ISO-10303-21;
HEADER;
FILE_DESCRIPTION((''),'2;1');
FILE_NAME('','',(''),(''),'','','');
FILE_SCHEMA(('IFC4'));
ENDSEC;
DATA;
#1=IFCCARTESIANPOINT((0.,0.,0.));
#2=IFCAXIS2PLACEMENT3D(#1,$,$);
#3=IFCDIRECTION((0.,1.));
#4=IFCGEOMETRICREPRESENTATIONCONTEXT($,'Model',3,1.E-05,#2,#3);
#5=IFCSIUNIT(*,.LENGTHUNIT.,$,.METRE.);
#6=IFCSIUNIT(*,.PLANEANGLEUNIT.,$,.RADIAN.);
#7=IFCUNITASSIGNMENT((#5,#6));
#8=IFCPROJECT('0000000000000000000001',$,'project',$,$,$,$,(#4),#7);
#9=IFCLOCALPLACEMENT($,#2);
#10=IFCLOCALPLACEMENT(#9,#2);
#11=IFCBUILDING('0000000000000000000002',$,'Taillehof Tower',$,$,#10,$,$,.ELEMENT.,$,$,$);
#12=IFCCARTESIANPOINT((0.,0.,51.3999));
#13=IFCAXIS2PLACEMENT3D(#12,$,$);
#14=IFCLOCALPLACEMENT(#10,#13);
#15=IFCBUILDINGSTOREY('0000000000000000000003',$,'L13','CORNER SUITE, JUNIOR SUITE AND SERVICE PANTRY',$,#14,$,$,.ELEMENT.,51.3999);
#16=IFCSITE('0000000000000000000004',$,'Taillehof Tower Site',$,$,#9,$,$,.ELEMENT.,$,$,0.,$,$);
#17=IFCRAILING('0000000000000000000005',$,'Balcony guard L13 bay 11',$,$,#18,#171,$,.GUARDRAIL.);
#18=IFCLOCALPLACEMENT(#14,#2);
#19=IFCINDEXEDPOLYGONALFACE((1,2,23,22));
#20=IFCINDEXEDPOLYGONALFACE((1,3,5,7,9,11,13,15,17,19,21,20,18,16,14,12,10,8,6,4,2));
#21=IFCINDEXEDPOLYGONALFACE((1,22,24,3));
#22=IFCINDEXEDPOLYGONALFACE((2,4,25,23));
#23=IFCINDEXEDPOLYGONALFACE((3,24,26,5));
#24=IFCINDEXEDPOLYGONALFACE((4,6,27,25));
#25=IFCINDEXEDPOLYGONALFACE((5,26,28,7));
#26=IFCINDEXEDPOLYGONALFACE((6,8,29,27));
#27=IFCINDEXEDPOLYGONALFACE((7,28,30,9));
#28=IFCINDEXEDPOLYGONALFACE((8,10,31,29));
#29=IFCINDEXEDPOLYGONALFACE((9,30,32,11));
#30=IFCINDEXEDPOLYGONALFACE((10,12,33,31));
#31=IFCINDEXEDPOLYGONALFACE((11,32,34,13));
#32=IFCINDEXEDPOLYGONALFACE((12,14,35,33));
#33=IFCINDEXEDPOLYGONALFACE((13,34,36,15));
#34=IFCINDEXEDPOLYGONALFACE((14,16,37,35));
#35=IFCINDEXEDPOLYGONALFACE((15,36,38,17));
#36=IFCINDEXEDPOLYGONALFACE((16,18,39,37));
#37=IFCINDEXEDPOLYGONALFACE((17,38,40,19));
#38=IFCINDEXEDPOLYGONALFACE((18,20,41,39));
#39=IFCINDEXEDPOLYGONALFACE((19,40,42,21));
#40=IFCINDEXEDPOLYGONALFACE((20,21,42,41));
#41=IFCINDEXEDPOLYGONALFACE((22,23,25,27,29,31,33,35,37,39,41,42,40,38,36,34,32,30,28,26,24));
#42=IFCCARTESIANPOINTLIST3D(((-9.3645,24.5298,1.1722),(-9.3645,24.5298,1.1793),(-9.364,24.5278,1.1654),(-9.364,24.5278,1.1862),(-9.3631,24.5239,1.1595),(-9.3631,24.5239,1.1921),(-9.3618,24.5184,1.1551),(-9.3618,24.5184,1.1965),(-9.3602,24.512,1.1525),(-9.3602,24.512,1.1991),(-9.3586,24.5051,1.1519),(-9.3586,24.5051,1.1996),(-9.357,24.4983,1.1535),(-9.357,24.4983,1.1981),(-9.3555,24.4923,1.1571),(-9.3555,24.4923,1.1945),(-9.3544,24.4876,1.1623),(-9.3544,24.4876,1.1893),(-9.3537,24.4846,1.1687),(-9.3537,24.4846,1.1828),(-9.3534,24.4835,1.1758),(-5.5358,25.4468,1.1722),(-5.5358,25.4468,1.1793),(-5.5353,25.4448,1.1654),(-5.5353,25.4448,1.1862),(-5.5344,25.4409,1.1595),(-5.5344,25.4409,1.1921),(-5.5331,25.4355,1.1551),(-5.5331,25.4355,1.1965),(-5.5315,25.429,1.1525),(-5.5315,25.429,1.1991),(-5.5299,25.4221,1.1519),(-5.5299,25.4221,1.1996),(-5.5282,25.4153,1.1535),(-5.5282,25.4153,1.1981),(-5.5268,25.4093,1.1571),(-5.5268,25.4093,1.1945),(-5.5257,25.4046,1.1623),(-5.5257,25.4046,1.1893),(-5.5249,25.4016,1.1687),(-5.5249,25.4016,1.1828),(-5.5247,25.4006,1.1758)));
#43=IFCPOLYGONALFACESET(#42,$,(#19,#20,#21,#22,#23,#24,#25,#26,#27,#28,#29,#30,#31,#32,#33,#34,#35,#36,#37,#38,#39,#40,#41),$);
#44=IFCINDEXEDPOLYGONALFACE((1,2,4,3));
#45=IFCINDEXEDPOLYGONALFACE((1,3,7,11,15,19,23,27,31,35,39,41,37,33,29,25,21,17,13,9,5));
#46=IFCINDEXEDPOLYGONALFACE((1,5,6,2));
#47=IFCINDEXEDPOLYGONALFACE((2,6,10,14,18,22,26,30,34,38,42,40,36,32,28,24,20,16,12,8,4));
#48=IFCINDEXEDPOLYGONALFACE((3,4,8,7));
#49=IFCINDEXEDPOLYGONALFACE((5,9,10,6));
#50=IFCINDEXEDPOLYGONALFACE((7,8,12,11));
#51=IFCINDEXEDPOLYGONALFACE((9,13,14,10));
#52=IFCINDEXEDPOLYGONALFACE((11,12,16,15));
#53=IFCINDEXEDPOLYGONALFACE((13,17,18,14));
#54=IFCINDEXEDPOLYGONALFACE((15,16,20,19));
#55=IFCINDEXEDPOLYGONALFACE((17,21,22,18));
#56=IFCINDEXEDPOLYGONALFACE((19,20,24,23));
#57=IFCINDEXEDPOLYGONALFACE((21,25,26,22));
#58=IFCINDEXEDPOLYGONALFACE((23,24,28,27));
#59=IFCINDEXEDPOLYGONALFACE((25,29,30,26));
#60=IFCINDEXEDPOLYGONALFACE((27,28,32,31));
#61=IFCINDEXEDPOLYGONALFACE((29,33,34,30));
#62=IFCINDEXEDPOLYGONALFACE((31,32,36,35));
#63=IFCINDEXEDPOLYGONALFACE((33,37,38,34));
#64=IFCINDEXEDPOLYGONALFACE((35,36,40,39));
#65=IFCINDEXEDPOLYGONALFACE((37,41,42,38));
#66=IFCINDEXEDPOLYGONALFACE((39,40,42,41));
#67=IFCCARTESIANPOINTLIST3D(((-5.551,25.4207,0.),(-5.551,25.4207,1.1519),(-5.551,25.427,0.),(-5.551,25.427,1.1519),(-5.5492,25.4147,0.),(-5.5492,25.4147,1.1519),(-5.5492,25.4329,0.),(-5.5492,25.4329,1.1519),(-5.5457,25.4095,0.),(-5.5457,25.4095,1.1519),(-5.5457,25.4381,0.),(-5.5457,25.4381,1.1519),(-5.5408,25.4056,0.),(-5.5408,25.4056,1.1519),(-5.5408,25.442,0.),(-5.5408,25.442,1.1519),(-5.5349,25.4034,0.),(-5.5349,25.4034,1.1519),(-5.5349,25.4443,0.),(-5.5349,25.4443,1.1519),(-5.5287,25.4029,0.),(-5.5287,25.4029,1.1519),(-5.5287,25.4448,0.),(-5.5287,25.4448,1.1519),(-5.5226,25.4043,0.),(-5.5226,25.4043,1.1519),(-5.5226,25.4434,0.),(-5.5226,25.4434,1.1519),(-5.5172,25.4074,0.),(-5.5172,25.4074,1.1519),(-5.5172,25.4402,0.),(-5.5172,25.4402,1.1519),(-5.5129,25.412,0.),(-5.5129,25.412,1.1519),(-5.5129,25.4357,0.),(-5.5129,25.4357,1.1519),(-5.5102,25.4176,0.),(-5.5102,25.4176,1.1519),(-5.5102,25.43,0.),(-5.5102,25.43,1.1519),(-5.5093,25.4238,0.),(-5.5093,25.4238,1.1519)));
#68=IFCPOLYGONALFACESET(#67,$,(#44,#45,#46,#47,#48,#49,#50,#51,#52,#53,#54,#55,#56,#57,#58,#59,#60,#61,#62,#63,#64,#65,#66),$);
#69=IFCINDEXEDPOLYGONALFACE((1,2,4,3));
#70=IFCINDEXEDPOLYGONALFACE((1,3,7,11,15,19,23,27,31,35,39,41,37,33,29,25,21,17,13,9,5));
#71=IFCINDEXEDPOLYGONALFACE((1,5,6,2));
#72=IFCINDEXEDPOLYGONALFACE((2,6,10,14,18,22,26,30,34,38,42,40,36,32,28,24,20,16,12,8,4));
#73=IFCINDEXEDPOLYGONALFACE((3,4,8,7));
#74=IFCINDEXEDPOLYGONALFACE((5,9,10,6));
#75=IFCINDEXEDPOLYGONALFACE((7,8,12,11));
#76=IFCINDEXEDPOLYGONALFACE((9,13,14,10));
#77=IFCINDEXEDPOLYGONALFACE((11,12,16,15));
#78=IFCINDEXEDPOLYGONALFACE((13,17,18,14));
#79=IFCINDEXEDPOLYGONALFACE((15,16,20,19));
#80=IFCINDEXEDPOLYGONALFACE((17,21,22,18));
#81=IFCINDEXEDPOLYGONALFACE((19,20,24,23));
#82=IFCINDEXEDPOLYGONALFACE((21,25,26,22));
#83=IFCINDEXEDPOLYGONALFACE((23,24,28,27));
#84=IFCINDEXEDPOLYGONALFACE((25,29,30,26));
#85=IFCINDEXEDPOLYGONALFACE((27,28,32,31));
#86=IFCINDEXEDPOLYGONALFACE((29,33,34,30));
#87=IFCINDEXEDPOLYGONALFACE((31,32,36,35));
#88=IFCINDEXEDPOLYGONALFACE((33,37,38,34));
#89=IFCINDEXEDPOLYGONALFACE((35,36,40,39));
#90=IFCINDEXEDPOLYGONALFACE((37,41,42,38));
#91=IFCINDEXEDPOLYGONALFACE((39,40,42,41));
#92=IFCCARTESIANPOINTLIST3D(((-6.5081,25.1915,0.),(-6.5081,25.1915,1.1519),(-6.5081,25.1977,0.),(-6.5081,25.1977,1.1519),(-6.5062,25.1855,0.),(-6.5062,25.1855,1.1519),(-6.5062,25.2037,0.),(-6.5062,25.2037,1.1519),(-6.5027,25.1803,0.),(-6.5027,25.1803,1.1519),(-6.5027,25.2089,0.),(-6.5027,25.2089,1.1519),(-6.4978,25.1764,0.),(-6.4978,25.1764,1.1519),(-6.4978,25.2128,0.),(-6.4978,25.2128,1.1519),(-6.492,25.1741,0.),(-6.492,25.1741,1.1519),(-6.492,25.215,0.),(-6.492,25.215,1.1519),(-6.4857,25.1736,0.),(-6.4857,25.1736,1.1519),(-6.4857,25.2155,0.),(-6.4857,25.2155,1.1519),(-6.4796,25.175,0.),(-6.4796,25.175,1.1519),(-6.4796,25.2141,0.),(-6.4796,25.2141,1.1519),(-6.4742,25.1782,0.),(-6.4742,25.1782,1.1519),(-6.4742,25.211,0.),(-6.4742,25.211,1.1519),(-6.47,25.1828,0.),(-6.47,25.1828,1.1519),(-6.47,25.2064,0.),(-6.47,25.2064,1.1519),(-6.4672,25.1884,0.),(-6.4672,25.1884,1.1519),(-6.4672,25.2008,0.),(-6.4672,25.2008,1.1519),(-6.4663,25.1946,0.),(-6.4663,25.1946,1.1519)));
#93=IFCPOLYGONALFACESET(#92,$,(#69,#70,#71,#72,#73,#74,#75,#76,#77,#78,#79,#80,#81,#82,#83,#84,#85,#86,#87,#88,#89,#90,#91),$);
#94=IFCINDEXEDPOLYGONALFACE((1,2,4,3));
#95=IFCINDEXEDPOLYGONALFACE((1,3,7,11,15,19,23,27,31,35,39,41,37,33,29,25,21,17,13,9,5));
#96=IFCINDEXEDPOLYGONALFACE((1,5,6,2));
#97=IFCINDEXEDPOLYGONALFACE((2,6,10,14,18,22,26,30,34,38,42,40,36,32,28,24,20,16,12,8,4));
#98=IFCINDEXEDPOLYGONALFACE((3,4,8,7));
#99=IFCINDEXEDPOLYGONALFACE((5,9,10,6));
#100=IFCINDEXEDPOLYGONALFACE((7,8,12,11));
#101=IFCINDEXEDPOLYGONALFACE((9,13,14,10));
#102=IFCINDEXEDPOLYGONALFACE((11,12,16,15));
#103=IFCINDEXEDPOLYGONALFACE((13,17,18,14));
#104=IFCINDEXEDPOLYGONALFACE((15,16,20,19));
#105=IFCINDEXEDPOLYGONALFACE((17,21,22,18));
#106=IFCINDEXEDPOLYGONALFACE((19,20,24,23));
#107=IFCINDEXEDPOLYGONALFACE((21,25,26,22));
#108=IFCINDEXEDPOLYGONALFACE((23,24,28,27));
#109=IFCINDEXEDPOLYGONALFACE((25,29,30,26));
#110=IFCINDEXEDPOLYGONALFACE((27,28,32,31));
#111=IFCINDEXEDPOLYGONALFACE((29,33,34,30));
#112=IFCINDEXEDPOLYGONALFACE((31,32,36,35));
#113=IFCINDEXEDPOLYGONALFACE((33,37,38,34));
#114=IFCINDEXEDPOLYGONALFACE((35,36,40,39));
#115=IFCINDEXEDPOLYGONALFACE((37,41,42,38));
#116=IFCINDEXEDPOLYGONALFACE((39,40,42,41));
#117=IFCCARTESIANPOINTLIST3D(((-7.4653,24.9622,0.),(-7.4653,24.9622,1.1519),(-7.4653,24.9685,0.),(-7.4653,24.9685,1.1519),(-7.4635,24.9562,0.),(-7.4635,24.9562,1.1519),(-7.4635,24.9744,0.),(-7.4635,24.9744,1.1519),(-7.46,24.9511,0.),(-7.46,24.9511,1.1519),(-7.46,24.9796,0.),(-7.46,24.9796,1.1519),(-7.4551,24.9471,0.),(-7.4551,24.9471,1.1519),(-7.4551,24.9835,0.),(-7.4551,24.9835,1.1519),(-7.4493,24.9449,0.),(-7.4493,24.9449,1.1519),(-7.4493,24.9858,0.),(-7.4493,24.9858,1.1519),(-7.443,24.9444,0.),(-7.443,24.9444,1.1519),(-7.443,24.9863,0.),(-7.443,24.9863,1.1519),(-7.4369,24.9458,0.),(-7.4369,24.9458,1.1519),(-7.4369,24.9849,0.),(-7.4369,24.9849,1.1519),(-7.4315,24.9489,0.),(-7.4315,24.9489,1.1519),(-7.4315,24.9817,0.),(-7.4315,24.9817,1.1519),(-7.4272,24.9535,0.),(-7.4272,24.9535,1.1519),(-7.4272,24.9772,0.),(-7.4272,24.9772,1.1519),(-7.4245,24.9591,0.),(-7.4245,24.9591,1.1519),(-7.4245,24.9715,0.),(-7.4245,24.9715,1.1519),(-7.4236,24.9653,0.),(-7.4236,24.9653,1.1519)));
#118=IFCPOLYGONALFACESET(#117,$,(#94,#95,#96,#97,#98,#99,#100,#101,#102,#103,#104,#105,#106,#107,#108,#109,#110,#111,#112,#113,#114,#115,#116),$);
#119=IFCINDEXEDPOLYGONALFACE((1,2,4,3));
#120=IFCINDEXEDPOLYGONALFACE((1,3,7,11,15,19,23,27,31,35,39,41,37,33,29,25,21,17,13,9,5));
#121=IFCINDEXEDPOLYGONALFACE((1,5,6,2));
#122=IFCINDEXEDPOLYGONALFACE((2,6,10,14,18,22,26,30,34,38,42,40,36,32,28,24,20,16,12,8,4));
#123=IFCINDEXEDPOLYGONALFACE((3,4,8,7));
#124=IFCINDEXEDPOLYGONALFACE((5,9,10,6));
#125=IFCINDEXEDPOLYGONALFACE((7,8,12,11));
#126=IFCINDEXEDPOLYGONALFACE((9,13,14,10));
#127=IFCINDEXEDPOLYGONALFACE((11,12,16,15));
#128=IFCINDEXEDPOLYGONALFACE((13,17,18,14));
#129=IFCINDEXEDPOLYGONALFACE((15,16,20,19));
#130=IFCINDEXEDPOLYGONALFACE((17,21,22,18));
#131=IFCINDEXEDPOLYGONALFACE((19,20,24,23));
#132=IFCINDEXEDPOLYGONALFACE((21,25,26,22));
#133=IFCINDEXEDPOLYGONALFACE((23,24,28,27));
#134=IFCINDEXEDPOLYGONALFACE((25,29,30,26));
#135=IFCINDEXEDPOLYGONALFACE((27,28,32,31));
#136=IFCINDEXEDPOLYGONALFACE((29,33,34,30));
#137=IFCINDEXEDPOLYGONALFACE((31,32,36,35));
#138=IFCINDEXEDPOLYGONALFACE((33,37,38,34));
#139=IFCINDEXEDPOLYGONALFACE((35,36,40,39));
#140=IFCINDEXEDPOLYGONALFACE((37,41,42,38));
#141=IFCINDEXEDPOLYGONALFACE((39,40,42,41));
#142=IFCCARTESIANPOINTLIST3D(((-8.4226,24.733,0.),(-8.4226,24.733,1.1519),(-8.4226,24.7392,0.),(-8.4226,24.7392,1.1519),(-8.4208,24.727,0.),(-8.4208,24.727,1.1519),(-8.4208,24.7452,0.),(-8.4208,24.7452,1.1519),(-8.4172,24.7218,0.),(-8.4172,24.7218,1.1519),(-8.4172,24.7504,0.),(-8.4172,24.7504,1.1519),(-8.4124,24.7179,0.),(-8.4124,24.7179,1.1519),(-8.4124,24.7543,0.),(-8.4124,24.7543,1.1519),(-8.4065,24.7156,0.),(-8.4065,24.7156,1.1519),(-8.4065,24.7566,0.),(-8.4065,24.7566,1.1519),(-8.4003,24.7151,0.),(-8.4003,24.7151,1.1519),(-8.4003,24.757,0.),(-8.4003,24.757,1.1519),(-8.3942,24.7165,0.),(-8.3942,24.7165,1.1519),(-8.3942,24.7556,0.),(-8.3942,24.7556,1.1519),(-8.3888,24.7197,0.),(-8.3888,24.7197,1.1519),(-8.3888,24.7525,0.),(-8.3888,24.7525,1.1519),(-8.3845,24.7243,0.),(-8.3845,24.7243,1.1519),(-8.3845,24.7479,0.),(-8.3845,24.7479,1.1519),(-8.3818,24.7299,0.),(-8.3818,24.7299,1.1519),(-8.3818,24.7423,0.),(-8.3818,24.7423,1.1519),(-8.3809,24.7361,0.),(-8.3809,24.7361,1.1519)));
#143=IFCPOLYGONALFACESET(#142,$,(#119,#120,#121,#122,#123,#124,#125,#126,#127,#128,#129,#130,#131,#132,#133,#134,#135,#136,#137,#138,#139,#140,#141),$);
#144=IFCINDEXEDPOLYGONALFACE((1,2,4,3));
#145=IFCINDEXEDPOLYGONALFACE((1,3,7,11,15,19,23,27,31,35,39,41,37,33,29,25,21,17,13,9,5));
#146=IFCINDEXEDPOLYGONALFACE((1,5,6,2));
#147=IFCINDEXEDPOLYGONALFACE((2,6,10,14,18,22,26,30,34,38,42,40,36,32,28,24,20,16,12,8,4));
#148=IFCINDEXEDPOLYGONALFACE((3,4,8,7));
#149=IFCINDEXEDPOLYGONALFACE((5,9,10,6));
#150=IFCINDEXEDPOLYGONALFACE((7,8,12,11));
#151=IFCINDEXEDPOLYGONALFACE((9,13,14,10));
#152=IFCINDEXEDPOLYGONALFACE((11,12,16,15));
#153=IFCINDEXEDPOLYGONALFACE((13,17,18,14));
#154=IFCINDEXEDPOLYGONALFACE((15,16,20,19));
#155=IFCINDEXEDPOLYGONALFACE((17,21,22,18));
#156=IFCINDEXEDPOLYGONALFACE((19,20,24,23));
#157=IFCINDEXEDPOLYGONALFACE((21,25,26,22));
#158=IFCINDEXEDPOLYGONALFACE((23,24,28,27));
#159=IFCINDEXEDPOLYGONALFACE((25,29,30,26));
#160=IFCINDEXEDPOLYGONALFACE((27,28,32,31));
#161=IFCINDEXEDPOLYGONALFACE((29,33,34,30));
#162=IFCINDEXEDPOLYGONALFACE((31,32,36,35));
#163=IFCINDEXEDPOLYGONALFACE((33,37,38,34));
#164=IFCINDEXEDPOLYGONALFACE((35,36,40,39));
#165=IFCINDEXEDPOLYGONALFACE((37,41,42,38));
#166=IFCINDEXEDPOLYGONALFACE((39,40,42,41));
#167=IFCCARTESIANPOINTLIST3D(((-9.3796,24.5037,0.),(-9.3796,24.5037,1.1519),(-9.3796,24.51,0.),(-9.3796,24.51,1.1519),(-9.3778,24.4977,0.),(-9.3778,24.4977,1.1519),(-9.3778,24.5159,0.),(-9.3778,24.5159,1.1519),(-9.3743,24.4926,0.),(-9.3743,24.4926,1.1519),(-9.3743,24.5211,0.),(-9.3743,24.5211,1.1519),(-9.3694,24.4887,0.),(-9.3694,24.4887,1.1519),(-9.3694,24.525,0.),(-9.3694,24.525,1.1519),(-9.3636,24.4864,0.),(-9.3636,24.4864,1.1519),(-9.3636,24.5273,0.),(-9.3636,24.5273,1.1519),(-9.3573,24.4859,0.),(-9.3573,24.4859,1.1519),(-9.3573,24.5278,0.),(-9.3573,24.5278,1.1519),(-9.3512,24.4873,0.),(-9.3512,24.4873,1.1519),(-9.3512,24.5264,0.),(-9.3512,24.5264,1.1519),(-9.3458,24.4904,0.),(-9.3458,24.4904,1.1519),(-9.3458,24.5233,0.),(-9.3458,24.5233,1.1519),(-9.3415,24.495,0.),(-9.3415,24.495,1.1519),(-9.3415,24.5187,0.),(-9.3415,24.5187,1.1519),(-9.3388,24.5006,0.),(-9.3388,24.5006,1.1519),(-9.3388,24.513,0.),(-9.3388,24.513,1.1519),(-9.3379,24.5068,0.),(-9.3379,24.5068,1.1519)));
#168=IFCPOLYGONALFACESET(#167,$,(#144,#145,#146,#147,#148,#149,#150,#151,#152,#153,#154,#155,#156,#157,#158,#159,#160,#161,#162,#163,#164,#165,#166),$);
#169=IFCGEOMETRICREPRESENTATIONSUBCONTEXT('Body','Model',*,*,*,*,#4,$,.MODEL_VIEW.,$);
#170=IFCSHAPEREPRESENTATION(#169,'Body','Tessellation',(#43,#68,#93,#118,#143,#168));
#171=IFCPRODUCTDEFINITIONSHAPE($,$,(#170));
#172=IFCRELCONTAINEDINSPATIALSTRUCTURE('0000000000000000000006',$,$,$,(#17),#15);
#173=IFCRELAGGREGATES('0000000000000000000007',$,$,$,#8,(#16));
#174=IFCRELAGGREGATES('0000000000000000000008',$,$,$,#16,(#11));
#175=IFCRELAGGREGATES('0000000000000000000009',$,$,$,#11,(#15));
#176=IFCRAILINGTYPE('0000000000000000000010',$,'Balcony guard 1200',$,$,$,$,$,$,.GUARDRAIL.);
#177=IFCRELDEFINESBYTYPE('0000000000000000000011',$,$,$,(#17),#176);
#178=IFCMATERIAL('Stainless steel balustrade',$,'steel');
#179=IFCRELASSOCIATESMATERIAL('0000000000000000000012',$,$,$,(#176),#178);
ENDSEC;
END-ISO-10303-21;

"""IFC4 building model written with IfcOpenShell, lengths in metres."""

from ifc_helpers import new_model, si_unit, direction, frame, origin, origin_2d, place, context, subcontext, project, spatial, circle, extrude, material, type_object, element, save


model = new_model("IFC4")

# Units and contexts
model_context = context("Model", 3, precision=1e-05, world=origin(), true_north=direction((0.0, 1.0)))
body_context = subcontext(model_context, "Body", "Model", "MODEL_VIEW")
ifc_project = project(units=[si_unit("LENGTHUNIT", "METRE"), si_unit("PLANEANGLEUNIT", "RADIAN")], contexts=[model_context])

# Site, building, storey
site_placement = place(None, origin())
site = spatial("IfcSite", under=ifc_project, at=site_placement, Name="Taillehof Tower Site", CompositionType="ELEMENT", RefElevation=0.0)
building_placement = place(site_placement, origin())
building = spatial("IfcBuilding", under=site, at=building_placement, Name="Taillehof Tower", CompositionType="ELEMENT")
storey_placement = place(building_placement, frame((0.0, 0.0, 51.3999)))
storey = spatial("IfcBuildingStorey", under=building, at=storey_placement, Name="L13", Description="CORNER SUITE, JUNIOR SUITE AND SERVICE PANTRY", CompositionType="ELEMENT", Elevation=51.3999)

# Railing
ifc_material_1 = material(Name="Stainless steel balustrade", Category="steel")
railing_type = type_object("IfcRailingType", Name="Balcony guard 1200", PredefinedType="GUARDRAIL", material=ifc_material_1)
railing_placement = place(storey_placement, frame((-5.5303, 25.4238, 0.0)))
element("IfcRailing", 1, at=railing_placement, inside=storey, type_object=railing_type, Name="Balcony guard L13 bay 11", PredefinedType="GUARDRAIL", context=body_context, shape_type="SweptSolid", body=[
    extrude(circle(Radius=0.0239, at=origin_2d()), frame((0.0, 0.0, 1.1758), z_axis=(-0.972495, -0.232923, 0.0), x_axis=(0.232923, -0.972495, 0.0)), (0.0, 0.0, 1.0), 3.937),
    extrude(circle(Radius=0.021, at=origin_2d()), origin(), (0.0, 0.0, 1.0), 1.1519),
    extrude(circle(Radius=0.021, at=origin_2d()), frame((-0.957, -0.2292, 0.0)), (0.0, 0.0, 1.0), 1.1519),
    extrude(circle(Radius=0.021, at=origin_2d()), frame((-1.9143, -0.4585, 0.0)), (0.0, 0.0, 1.0), 1.1519),
    extrude(circle(Radius=0.021, at=origin_2d()), frame((-2.8716, -0.6877, 0.0)), (0.0, 0.0, 1.0), 1.1519),
    extrude(circle(Radius=0.021, at=origin_2d()), frame((-3.8286, -0.917, 0.0)), (0.0, 0.0, 1.0), 1.1519),
])

save(model, "model.ifc")
